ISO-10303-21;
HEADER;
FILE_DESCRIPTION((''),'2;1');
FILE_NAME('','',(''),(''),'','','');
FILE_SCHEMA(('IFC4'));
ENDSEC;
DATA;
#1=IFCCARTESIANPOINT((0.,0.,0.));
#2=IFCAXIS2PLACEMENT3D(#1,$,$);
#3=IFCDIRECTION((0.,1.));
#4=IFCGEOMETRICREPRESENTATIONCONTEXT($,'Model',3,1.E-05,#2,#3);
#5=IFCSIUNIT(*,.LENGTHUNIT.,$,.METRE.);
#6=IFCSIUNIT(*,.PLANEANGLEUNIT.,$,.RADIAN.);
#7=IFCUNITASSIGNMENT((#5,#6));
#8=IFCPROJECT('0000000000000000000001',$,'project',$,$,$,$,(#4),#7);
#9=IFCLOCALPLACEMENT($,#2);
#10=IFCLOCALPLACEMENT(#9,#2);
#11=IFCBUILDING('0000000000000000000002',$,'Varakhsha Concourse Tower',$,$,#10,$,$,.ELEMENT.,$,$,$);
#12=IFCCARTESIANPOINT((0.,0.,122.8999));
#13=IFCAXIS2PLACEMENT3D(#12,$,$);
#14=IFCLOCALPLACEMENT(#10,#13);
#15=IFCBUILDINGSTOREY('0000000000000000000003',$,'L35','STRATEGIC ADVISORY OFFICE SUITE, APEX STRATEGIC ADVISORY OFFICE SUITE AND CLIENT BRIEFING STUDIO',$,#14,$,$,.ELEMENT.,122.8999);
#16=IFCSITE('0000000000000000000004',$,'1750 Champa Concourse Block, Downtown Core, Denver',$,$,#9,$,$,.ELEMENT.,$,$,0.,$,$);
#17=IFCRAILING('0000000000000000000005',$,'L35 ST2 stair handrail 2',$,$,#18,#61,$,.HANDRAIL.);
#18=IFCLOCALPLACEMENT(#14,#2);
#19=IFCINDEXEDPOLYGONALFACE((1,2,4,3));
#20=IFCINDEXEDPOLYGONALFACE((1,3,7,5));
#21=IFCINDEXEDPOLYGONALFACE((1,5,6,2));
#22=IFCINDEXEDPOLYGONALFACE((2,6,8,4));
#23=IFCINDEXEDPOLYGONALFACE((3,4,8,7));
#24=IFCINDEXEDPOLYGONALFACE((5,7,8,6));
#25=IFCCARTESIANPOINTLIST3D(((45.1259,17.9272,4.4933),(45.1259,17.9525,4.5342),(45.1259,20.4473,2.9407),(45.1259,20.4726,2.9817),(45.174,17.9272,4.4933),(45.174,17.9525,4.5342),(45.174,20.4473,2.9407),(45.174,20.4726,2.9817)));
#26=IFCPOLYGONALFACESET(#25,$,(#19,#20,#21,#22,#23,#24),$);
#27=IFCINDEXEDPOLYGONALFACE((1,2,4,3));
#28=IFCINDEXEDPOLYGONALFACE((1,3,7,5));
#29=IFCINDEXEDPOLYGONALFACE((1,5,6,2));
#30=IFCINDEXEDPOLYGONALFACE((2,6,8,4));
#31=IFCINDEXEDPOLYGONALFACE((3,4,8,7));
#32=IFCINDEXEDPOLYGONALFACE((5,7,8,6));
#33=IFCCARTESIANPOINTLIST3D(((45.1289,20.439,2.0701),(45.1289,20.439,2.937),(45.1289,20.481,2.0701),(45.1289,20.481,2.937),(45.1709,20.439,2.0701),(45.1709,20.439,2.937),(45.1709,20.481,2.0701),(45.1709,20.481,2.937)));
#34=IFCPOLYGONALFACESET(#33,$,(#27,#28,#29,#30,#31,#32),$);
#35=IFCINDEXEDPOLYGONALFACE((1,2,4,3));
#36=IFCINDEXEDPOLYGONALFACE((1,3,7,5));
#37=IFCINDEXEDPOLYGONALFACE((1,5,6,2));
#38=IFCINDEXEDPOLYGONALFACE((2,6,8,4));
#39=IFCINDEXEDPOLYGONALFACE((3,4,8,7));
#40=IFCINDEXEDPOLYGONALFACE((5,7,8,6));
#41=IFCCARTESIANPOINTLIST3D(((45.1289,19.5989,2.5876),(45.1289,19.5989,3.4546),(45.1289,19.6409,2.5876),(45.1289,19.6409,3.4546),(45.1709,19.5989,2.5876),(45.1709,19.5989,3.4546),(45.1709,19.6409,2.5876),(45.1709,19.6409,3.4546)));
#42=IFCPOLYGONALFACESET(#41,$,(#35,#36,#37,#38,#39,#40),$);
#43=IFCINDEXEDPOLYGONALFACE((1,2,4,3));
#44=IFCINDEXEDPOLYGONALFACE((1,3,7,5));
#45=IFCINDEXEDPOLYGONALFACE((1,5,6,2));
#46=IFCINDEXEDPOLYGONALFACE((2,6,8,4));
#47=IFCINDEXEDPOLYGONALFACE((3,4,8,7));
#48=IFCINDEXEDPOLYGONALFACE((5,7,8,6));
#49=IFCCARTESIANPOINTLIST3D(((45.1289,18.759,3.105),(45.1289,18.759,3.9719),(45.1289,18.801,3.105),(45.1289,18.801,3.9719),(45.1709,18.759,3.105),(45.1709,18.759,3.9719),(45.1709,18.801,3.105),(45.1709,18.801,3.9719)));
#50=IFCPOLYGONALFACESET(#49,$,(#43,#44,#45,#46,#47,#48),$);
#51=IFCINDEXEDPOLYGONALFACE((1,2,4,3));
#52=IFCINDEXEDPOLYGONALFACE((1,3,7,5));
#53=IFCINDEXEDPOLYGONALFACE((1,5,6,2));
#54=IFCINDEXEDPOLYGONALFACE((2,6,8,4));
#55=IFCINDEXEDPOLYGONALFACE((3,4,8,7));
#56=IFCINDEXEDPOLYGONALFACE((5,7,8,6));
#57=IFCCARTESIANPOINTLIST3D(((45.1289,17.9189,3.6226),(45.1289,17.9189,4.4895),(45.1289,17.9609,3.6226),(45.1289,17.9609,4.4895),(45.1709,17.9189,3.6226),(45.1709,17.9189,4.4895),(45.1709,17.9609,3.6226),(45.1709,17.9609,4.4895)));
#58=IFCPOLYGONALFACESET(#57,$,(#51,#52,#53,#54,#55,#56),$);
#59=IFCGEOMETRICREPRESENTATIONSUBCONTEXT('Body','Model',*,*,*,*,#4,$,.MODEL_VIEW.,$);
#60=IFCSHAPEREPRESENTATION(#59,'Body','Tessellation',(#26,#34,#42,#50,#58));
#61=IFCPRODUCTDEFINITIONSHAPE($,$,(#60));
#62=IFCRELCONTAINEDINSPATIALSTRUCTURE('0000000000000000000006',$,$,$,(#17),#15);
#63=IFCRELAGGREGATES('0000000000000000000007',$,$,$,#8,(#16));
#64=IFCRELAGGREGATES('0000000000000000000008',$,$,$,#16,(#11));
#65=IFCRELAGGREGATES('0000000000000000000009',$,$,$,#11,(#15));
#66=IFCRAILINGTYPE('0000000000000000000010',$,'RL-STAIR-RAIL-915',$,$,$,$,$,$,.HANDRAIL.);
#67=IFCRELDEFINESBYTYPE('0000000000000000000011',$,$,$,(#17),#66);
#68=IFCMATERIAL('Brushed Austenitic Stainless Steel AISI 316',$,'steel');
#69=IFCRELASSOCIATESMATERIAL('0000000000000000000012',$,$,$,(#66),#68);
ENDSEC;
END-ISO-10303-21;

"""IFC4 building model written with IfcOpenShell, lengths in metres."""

from ifc_helpers import new_model, si_unit, direction, frame, origin, origin_2d, place, context, subcontext, project, spatial, rectangle, extrude, material, type_object, element, save


model = new_model("IFC4")

# Units and contexts
model_context = context("Model", 3, precision=1e-05, world=origin(), true_north=direction((0.0, 1.0)))
body_context = subcontext(model_context, "Body", "Model", "MODEL_VIEW")
ifc_project = project(units=[si_unit("LENGTHUNIT", "METRE"), si_unit("PLANEANGLEUNIT", "RADIAN")], contexts=[model_context])

# Site, building, storey
site_placement = place(None, origin())
site = spatial("IfcSite", under=ifc_project, at=site_placement, Name="1750 Champa Concourse Block, Downtown Core, Denver", CompositionType="ELEMENT", RefElevation=0.0)
building_placement = place(site_placement, origin())
building = spatial("IfcBuilding", under=site, at=building_placement, Name="Varakhsha Concourse Tower", CompositionType="ELEMENT")
storey_placement = place(building_placement, frame((0.0, 0.0, 122.8999)))
storey = spatial("IfcBuildingStorey", under=building, at=storey_placement, Name="L35", Description="STRATEGIC ADVISORY OFFICE SUITE, APEX STRATEGIC ADVISORY OFFICE SUITE AND CLIENT BRIEFING STUDIO", CompositionType="ELEMENT", Elevation=122.8999)

# Railing
ifc_material_1 = material(Name="Brushed Austenitic Stainless Steel AISI 316", Category="steel")
railing_type_1 = type_object("IfcRailingType", Name="RL-STAIR-RAIL-915", PredefinedType="HANDRAIL", material=ifc_material_1)
railing_1_placement = place(storey_placement, frame((45.1499, 20.46, 2.0701)))
element("IfcRailing", 1, at=railing_1_placement, inside=storey, type_object=railing_type_1, Name="L35 ST2 stair handrail 2", PredefinedType="HANDRAIL", context=body_context, shape_type="SweptSolid", body=[
    extrude(rectangle(XDim=0.0481, YDim=0.0481, at=origin_2d()), frame((0.0, 0.0, 0.8911), z_axis=(0.0, -0.8514, 0.524516), x_axis=(1.0, 0.0, 0.0)), (0.0, 0.0, 1.0), 2.96),
    extrude(rectangle(XDim=0.042, YDim=0.042, at=origin_2d()), origin(), (0.0, 0.0, 1.0), 0.8669),
    extrude(rectangle(XDim=0.042, YDim=0.042, at=origin_2d()), frame((0.0, -0.8401, 0.5176)), (0.0, 0.0, 1.0), 0.8669),
    extrude(rectangle(XDim=0.042, YDim=0.042, at=origin_2d()), frame((0.0, -1.6799, 1.0349)), (0.0, 0.0, 1.0), 0.8669),
    extrude(rectangle(XDim=0.042, YDim=0.042, at=origin_2d()), frame((0.0, -2.52, 1.5525)), (0.0, 0.0, 1.0), 0.8669),
])

save(model, "model.ifc")
